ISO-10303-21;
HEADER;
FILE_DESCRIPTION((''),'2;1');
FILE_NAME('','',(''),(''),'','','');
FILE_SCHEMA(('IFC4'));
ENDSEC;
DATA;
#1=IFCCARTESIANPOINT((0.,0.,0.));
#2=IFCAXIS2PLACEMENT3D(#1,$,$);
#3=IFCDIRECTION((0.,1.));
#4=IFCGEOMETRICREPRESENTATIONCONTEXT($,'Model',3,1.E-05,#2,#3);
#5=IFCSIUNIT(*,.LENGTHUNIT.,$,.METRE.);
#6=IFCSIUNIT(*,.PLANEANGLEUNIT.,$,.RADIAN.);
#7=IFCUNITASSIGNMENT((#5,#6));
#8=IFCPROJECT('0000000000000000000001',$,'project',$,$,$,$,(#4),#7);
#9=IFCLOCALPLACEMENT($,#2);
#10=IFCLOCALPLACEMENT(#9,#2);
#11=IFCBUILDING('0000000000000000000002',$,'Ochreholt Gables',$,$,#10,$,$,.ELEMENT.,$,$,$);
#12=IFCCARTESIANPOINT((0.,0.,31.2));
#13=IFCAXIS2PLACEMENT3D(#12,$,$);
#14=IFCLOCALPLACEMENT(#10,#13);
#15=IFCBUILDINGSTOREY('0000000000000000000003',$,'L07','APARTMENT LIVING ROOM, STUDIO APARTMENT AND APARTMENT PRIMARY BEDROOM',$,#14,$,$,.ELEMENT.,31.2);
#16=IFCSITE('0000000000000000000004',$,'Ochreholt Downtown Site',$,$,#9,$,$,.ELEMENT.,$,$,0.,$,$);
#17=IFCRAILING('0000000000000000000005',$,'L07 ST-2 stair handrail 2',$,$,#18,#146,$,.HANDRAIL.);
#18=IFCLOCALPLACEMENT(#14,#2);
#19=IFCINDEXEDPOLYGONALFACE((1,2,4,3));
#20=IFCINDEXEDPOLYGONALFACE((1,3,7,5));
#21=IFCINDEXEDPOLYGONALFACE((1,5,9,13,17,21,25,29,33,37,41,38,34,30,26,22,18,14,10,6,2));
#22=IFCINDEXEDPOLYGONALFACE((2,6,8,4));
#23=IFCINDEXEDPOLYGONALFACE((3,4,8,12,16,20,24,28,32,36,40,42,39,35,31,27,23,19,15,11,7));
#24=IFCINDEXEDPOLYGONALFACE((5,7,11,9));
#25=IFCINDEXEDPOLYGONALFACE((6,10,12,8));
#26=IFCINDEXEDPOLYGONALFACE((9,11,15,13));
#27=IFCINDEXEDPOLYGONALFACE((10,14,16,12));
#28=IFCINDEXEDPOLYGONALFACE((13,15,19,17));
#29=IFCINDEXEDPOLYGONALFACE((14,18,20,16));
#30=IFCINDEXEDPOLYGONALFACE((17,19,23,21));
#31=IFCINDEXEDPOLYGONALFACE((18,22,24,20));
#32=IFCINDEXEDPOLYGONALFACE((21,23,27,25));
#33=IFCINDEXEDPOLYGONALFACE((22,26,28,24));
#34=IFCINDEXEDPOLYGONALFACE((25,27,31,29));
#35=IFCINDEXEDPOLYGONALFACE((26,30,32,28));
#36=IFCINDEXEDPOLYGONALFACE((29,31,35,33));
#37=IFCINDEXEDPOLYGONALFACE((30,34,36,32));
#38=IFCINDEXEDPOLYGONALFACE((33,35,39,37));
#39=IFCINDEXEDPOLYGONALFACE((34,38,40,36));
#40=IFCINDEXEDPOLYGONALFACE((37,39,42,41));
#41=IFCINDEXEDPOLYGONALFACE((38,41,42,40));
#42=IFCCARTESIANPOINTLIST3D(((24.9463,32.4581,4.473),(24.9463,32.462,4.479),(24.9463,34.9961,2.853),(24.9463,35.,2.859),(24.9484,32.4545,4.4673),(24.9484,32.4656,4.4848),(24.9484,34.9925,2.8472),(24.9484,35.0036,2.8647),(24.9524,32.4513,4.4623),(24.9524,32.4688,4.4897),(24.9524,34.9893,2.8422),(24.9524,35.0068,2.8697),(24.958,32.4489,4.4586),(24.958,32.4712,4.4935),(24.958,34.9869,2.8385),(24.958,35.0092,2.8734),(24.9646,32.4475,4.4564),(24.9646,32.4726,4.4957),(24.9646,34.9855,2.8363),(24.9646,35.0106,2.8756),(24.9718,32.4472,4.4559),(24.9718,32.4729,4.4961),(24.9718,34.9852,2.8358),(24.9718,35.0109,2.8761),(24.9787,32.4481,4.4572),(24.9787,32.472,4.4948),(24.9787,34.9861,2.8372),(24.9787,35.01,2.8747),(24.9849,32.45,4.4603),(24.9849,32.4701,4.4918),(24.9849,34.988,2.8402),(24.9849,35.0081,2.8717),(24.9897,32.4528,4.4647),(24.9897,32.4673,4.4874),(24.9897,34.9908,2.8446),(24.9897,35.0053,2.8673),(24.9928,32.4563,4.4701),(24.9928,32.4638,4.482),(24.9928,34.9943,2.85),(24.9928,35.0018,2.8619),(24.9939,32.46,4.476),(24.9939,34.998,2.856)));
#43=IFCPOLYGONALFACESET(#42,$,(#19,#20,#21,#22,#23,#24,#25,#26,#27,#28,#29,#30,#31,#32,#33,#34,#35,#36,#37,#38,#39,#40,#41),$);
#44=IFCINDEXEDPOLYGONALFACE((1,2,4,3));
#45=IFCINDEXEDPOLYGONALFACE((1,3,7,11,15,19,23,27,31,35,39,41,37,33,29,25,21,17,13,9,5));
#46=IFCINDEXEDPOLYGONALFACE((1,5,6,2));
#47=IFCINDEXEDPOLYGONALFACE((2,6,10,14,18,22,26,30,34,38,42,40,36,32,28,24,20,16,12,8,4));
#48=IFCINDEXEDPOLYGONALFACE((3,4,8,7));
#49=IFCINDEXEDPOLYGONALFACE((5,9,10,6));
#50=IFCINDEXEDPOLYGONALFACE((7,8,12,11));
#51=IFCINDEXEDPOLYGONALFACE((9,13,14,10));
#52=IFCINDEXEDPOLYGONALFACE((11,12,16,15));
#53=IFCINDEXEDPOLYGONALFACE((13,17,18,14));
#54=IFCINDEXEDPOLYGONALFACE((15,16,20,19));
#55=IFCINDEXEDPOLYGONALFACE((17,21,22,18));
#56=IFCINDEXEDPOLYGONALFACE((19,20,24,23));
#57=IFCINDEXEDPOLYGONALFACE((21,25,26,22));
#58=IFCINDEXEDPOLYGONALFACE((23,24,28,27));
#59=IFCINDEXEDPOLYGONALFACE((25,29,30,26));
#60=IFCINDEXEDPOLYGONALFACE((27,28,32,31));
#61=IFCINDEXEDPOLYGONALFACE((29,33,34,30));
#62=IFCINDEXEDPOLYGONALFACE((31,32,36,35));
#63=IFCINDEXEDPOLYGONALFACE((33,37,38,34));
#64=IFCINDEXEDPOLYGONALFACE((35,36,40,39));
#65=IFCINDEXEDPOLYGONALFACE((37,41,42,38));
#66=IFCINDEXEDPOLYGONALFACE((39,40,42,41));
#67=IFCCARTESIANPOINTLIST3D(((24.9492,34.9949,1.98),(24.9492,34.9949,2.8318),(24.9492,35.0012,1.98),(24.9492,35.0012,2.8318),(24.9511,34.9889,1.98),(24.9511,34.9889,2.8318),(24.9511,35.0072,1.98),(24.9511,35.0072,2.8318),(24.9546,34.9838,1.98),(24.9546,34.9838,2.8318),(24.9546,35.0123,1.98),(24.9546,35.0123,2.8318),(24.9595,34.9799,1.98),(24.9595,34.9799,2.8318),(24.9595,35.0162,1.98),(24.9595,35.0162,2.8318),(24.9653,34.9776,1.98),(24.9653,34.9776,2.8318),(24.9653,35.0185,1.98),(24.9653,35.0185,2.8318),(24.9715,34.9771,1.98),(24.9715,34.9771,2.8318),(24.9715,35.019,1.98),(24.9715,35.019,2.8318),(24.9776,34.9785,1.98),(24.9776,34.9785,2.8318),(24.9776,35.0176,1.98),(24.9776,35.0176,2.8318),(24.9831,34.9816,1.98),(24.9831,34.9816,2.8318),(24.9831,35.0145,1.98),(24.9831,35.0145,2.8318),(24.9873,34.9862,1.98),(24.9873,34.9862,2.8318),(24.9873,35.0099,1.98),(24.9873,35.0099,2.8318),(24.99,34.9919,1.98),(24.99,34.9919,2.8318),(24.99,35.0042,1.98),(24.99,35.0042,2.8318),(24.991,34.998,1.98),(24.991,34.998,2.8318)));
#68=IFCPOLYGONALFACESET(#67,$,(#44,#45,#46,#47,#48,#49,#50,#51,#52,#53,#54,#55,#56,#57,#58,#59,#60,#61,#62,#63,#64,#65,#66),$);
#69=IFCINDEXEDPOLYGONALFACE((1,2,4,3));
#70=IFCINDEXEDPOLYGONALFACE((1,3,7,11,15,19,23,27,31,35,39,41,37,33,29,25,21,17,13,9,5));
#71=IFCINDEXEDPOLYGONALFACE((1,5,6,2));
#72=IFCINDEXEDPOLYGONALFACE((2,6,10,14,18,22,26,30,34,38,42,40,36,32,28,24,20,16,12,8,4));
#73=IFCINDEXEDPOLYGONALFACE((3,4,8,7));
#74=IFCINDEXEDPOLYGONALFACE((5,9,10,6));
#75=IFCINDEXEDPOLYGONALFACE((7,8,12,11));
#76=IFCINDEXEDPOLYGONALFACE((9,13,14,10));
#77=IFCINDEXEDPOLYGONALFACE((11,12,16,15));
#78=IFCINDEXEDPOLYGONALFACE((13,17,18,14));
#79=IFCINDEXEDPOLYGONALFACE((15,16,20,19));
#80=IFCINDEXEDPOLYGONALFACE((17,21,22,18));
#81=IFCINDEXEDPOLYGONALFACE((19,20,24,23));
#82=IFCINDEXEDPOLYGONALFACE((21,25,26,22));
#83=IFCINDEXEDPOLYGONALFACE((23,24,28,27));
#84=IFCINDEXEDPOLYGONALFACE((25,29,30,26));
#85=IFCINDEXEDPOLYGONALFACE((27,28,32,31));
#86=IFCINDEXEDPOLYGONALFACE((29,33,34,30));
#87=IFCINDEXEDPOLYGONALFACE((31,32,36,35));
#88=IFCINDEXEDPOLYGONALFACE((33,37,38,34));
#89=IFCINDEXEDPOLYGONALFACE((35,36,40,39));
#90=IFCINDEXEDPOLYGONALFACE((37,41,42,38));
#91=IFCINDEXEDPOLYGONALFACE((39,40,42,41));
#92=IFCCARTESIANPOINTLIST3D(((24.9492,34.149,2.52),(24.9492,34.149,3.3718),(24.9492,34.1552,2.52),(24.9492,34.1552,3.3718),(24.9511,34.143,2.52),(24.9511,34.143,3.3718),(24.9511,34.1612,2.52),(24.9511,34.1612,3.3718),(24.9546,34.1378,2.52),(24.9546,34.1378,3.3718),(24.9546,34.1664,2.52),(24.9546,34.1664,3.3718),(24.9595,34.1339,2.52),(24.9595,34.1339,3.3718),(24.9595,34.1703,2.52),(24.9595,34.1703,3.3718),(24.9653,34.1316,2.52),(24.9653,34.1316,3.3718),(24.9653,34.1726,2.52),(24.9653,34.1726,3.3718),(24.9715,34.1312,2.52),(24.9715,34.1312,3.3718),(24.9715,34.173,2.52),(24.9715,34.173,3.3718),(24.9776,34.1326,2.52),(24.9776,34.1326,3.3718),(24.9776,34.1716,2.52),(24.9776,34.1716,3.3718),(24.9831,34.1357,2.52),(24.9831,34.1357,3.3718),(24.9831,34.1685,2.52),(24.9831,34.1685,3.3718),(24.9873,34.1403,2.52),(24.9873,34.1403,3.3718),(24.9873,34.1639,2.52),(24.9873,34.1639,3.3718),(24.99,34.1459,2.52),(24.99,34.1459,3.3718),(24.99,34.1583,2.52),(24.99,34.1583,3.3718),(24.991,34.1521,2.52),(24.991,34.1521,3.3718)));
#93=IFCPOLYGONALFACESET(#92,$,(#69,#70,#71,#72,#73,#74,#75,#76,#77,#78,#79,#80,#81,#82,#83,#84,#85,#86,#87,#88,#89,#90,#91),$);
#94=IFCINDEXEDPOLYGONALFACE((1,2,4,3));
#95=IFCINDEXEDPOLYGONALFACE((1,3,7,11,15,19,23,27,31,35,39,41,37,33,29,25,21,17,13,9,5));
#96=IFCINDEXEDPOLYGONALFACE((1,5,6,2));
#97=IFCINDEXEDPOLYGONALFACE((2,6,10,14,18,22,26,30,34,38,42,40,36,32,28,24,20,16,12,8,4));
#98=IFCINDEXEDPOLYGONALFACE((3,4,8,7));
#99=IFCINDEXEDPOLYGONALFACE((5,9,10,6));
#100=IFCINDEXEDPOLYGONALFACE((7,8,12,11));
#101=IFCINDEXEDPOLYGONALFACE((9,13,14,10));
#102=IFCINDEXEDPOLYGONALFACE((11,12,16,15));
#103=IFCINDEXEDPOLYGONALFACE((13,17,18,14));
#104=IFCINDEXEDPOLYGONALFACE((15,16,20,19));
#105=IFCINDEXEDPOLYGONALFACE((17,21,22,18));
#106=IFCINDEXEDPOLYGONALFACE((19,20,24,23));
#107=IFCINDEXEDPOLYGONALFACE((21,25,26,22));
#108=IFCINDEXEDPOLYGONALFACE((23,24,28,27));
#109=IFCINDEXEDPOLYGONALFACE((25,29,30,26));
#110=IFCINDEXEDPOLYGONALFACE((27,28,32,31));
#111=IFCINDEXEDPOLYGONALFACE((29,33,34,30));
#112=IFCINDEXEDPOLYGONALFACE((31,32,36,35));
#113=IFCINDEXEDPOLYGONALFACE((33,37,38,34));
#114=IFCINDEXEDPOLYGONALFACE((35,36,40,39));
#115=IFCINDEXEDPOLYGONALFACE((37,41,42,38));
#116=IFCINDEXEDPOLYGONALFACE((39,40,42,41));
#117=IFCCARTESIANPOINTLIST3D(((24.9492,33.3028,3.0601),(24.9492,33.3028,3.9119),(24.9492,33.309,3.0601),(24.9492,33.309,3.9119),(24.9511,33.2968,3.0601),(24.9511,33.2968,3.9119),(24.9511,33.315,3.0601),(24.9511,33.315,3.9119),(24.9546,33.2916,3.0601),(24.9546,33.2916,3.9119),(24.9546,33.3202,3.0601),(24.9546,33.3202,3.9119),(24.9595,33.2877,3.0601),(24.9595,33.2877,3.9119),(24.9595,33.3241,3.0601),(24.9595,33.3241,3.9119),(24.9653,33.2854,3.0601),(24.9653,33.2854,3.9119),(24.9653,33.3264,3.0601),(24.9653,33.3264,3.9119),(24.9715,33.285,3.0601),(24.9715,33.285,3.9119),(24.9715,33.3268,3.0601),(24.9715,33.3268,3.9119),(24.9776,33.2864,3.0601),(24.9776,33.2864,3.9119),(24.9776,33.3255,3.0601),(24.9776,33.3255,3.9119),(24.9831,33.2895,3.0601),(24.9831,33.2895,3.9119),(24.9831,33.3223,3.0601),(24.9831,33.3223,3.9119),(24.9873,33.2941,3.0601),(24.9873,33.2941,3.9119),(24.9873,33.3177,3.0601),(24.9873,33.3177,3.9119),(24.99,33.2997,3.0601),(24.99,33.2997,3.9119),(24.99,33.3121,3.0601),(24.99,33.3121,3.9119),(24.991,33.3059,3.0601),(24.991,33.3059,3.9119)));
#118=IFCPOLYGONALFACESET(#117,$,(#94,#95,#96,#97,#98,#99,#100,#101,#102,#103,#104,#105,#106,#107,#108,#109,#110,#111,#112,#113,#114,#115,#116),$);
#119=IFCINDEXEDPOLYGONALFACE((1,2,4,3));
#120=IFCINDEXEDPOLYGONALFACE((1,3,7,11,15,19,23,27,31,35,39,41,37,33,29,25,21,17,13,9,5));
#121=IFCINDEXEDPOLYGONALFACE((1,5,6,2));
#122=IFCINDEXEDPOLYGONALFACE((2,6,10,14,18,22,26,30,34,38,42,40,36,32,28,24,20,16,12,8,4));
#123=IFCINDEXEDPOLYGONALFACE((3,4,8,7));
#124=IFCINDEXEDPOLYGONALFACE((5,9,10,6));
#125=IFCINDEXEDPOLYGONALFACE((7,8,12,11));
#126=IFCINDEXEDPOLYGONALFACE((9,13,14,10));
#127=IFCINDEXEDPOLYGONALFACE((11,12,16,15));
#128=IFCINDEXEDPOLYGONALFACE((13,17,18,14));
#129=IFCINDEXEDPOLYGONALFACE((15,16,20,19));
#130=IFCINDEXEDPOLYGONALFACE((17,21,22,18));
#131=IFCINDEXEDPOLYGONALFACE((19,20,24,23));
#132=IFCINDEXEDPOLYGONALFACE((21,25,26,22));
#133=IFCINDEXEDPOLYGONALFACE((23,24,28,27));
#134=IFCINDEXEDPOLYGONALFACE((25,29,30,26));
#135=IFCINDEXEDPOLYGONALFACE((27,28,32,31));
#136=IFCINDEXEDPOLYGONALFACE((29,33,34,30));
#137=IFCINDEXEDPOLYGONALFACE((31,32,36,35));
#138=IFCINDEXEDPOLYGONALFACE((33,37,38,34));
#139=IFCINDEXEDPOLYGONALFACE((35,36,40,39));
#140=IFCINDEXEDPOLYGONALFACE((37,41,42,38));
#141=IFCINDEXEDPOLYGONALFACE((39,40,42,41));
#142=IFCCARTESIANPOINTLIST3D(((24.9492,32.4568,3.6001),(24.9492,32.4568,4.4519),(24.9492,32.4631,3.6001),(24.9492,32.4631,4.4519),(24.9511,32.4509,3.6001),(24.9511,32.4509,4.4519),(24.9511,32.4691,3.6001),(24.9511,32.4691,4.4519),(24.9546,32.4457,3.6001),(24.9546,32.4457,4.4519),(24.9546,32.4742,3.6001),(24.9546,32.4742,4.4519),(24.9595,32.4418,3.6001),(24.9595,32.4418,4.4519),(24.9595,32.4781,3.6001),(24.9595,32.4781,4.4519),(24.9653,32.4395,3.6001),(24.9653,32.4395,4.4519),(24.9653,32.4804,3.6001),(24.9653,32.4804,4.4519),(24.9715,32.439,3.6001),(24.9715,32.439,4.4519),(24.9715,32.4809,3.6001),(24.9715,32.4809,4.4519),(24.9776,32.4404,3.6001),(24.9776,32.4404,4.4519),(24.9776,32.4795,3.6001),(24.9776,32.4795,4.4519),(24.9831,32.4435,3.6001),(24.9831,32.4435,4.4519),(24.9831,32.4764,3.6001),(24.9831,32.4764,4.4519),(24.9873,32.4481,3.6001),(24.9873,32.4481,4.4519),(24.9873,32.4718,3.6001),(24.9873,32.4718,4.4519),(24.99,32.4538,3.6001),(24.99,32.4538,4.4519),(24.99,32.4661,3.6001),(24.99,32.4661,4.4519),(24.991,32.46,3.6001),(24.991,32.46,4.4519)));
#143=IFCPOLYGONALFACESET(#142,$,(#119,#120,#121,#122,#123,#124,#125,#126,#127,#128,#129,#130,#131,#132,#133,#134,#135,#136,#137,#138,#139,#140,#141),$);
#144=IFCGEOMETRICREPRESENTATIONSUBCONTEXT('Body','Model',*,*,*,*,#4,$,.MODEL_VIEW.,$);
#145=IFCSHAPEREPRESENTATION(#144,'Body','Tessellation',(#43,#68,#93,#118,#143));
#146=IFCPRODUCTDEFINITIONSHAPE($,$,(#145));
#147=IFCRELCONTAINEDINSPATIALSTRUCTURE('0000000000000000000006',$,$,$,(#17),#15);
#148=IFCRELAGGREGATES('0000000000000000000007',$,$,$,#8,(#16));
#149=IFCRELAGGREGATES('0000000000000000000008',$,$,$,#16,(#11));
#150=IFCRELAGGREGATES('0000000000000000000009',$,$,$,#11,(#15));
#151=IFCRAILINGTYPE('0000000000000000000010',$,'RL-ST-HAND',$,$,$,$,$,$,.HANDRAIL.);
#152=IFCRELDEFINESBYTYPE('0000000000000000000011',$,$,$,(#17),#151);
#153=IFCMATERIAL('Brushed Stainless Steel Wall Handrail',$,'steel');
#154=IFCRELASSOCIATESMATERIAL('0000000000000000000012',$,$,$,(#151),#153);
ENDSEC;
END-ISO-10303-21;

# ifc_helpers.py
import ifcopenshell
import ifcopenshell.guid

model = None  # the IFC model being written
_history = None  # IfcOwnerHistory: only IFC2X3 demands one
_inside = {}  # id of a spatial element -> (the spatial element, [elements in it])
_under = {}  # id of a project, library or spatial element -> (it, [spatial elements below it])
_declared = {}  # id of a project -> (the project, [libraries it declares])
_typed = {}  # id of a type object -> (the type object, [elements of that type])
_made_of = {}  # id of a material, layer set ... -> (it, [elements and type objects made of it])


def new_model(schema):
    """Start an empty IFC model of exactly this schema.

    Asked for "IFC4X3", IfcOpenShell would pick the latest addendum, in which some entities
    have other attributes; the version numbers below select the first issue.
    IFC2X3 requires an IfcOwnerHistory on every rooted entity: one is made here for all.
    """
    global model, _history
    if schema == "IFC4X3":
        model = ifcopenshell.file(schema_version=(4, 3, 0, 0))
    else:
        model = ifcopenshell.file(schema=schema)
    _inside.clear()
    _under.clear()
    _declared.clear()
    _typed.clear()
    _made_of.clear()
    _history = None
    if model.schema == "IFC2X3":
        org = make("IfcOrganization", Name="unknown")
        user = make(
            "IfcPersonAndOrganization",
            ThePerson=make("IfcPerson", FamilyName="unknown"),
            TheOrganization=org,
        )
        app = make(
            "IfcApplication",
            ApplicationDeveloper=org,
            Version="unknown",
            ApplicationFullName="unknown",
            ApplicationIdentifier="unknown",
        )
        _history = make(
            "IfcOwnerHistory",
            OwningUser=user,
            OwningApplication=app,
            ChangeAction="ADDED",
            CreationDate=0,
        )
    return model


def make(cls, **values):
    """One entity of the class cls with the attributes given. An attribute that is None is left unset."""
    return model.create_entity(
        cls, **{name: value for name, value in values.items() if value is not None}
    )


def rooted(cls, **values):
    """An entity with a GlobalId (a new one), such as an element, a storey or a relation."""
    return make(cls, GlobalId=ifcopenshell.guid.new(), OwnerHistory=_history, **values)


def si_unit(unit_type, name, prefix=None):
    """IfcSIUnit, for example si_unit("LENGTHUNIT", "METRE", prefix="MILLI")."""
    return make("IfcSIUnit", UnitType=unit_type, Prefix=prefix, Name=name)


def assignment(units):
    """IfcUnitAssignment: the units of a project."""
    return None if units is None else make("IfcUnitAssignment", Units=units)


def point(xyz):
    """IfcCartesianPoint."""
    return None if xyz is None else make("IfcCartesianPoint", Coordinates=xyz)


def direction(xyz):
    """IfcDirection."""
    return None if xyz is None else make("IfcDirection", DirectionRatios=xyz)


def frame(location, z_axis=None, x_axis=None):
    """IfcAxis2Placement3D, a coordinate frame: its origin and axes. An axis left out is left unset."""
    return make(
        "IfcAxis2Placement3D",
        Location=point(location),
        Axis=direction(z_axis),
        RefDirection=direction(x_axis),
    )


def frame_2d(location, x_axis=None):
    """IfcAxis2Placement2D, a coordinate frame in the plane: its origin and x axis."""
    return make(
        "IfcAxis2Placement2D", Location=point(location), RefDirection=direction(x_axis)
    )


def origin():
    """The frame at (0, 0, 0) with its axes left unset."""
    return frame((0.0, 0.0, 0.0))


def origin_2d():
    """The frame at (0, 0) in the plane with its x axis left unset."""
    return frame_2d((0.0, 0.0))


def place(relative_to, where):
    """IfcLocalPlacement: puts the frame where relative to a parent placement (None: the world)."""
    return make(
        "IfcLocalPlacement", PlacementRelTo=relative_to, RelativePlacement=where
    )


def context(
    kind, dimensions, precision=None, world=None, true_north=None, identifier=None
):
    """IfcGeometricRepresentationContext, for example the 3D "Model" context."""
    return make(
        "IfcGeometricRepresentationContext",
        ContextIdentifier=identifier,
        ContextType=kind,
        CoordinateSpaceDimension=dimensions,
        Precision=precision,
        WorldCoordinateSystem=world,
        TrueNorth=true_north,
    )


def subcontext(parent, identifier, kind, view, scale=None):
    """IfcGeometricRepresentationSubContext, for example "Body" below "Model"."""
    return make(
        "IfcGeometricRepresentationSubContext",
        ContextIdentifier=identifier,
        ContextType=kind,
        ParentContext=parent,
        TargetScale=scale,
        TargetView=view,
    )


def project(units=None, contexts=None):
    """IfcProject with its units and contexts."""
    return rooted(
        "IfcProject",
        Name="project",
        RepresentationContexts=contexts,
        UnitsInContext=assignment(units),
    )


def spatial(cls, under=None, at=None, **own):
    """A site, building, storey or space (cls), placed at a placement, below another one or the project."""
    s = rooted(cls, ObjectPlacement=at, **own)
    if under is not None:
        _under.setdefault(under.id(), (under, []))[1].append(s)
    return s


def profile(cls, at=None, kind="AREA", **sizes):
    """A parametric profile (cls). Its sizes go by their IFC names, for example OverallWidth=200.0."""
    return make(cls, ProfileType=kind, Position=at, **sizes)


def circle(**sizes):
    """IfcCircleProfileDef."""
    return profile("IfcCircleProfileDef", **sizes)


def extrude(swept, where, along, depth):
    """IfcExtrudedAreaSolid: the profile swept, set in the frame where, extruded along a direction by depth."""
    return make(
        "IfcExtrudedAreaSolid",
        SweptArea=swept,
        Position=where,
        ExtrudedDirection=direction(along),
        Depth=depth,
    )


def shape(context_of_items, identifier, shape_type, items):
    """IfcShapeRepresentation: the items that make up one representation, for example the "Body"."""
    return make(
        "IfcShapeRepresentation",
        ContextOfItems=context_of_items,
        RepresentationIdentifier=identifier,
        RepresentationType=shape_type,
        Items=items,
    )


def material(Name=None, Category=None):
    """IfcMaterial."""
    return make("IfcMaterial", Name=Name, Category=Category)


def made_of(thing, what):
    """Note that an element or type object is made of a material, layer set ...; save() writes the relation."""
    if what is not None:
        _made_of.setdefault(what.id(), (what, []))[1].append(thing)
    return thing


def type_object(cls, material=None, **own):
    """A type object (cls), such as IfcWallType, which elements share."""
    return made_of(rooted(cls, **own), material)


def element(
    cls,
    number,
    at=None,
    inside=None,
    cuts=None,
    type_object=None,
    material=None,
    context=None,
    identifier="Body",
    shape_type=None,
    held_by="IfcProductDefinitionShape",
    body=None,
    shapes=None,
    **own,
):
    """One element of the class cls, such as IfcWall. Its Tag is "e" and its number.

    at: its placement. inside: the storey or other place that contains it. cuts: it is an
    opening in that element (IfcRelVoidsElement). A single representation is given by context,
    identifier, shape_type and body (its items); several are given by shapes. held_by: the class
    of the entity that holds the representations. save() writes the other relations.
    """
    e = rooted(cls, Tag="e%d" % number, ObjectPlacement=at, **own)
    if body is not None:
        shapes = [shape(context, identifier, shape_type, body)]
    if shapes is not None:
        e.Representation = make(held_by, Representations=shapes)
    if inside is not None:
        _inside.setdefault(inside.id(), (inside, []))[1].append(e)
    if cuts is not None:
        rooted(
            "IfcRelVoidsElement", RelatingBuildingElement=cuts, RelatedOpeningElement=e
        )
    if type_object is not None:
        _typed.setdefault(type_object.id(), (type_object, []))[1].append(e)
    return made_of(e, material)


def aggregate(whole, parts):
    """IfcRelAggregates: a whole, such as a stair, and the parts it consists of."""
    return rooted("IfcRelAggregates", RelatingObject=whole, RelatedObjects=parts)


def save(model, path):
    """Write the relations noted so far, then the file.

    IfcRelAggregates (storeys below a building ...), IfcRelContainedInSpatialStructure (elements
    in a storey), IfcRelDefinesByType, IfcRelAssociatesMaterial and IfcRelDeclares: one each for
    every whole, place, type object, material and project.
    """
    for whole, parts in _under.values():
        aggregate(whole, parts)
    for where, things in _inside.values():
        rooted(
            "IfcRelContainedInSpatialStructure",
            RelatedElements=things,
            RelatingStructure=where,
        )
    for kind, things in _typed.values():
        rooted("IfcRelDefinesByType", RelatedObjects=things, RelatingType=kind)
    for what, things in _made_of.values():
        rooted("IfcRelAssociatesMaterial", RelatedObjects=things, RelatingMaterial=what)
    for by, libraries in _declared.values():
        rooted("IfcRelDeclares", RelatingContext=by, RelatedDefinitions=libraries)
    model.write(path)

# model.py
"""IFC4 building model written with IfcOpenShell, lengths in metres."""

from ifc_helpers import new_model, si_unit, direction, frame, origin, origin_2d, place, context, subcontext, project, spatial, circle, extrude, material, type_object, element, save


model = new_model("IFC4")

# Units and contexts
model_context = context("Model", 3, precision=1e-05, world=origin(), true_north=direction((0.0, 1.0)))
body_context = subcontext(model_context, "Body", "Model", "MODEL_VIEW")
ifc_project = project(units=[si_unit("LENGTHUNIT", "METRE"), si_unit("PLANEANGLEUNIT", "RADIAN")], contexts=[model_context])

# Site, building, storey
site_placement = place(None, origin())
site = spatial("IfcSite", under=ifc_project, at=site_placement, Name="Ochreholt Downtown Site", CompositionType="ELEMENT", RefElevation=0.0)
building_placement = place(site_placement, origin())
building = spatial("IfcBuilding", under=site, at=building_placement, Name="Ochreholt Gables", CompositionType="ELEMENT")
storey_placement = place(building_placement, frame((0.0, 0.0, 31.2)))
storey = spatial("IfcBuildingStorey", under=building, at=storey_placement, Name="L07", Description="APARTMENT LIVING ROOM, STUDIO APARTMENT AND APARTMENT PRIMARY BEDROOM", CompositionType="ELEMENT", Elevation=31.2)

# Railing
ifc_material_1 = material(Name="Brushed Stainless Steel Wall Handrail", Category="steel")
railing_type_1 = type_object("IfcRailingType", Name="RL-ST-HAND", PredefinedType="HANDRAIL", material=ifc_material_1)
railing_1_placement = place(storey_placement, frame((24.97, 34.998, 1.98)))
element("IfcRailing", 1, at=railing_1_placement, inside=storey, type_object=railing_type_1, Name="L07 ST-2 stair handrail 2", PredefinedType="HANDRAIL", context=body_context, shape_type="SweptSolid", body=[
    extrude(circle(Radius=0.0239, at=origin_2d()), frame((0.0, 0.0, 0.876), z_axis=(0.0, -0.842913, 0.53805), x_axis=(1.0, 0.0, 0.0)), (0.0, 0.0, 1.0), 3.011),
    extrude(circle(Radius=0.021, at=origin_2d()), origin(), (0.0, 0.0, 1.0), 0.8518),
    extrude(circle(Radius=0.021, at=origin_2d()), frame((0.0, -0.8459, 0.54)), (0.0, 0.0, 1.0), 0.8518),
    extrude(circle(Radius=0.021, at=origin_2d()), frame((0.0, -1.6921, 1.0801)), (0.0, 0.0, 1.0), 0.8518),
    extrude(circle(Radius=0.021, at=origin_2d()), frame((0.0, -2.5381, 1.6201)), (0.0, 0.0, 1.0), 0.8518),
])

save(model, "model.ifc")
